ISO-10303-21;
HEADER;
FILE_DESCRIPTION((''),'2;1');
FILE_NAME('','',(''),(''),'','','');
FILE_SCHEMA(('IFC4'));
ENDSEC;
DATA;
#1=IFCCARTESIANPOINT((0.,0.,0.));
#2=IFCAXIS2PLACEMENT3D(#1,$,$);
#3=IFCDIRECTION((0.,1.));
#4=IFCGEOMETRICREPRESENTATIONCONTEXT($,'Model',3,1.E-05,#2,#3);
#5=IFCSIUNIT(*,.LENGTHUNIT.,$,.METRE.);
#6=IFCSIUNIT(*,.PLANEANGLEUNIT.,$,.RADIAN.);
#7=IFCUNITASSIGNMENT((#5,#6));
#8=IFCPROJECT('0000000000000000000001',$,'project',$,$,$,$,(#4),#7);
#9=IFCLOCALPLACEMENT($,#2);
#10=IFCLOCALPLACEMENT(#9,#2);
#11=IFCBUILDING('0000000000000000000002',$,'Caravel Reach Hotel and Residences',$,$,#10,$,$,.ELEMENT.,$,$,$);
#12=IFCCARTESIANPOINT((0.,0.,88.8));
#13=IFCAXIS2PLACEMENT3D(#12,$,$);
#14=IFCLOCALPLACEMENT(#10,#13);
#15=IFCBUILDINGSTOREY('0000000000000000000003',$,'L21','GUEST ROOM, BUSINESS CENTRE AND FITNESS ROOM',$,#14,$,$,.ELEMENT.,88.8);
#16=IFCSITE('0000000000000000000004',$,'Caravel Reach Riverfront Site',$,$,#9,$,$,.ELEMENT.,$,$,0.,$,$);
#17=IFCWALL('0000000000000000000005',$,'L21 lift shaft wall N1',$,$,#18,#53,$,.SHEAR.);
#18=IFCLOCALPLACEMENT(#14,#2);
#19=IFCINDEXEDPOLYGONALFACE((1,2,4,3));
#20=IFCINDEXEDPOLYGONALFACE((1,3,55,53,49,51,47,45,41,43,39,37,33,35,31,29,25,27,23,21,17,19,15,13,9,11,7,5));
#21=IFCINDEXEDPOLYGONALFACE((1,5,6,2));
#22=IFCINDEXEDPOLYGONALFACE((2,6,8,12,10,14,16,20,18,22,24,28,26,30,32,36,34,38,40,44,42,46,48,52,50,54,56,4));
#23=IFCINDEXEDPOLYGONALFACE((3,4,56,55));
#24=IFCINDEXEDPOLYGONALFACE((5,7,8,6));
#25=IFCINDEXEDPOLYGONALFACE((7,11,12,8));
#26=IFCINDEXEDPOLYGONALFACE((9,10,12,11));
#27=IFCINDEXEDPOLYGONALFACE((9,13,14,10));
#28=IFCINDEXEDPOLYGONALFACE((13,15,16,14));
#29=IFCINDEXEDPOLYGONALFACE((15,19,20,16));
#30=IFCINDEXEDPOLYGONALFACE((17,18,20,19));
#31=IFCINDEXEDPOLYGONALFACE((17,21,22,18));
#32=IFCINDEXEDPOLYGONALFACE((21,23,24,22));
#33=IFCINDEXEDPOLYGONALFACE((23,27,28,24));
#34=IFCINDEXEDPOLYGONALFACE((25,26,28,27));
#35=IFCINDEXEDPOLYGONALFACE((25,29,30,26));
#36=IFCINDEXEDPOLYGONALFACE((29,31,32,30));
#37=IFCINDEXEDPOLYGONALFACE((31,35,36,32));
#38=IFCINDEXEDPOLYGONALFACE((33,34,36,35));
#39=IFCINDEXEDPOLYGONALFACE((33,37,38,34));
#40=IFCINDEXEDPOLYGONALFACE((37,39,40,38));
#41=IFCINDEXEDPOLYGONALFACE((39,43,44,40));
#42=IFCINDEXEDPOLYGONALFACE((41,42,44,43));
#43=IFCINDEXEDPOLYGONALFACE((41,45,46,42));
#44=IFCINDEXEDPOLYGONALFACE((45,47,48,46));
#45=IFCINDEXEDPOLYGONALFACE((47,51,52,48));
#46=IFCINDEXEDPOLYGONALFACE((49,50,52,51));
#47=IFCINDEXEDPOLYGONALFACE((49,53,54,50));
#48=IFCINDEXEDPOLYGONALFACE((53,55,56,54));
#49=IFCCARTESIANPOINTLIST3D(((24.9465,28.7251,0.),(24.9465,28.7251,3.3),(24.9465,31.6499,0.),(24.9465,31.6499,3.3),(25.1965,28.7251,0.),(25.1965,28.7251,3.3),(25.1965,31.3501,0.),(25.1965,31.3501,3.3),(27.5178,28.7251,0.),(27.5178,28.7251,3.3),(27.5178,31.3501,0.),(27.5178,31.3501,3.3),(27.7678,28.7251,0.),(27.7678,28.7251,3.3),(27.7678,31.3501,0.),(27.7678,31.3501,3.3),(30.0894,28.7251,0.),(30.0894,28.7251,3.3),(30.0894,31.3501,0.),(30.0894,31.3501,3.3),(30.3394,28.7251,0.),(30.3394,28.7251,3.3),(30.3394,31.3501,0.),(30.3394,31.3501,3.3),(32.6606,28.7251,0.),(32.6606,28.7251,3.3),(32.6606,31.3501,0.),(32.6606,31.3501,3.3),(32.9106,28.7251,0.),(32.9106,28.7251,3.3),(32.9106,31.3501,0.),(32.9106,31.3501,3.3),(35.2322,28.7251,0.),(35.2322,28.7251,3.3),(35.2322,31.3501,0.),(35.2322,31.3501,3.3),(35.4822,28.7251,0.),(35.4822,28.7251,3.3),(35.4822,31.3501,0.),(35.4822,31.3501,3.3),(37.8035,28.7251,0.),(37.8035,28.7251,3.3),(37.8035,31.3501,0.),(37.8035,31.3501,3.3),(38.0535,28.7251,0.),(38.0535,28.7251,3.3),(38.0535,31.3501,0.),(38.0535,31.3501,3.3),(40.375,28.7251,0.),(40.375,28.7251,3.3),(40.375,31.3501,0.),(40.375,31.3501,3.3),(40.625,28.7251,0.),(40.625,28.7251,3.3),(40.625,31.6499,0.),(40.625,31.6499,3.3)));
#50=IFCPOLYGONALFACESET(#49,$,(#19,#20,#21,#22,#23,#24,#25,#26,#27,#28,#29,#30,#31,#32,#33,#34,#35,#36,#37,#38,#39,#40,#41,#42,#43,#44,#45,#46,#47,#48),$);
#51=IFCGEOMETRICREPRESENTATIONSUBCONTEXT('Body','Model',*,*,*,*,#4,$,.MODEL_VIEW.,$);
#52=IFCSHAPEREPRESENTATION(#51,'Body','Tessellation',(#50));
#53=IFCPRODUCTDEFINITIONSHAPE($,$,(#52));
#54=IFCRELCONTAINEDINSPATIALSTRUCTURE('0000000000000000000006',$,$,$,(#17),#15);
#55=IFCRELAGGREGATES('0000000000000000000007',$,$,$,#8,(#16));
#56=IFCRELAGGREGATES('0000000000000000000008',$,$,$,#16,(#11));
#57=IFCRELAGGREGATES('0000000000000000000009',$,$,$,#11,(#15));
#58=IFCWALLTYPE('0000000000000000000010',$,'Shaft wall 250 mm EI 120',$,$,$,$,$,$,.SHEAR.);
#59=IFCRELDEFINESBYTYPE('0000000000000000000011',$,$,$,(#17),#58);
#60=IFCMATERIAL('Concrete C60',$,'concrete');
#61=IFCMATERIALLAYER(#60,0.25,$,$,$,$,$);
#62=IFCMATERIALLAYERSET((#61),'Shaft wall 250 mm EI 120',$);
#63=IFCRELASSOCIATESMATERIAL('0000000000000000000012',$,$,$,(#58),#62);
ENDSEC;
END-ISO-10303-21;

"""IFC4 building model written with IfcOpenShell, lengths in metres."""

from ifc_helpers import new_model, si_unit, direction, frame, origin, place, context, subcontext, project, spatial, polyline, outline, extrude, material, layer, layer_set, type_object, element, save


model = new_model("IFC4")

# Units and contexts
model_context = context("Model", 3, precision=1e-05, world=origin(), true_north=direction((0.0, 1.0)))
body_context = subcontext(model_context, "Body", "Model", "MODEL_VIEW")
ifc_project = project(units=[si_unit("LENGTHUNIT", "METRE"), si_unit("PLANEANGLEUNIT", "RADIAN")], contexts=[model_context])

# Site, building, storey
site_placement = place(None, origin())
site = spatial("IfcSite", under=ifc_project, at=site_placement, Name="Caravel Reach Riverfront Site", CompositionType="ELEMENT", RefElevation=0.0)
building_placement = place(site_placement, origin())
building = spatial("IfcBuilding", under=site, at=building_placement, Name="Caravel Reach Hotel and Residences", CompositionType="ELEMENT")
storey_placement = place(building_placement, frame((0.0, 0.0, 88.8)))
storey = spatial("IfcBuildingStorey", under=building, at=storey_placement, Name="L21", Description="GUEST ROOM, BUSINESS CENTRE AND FITNESS ROOM", CompositionType="ELEMENT", Elevation=88.8)

# Wall
ifc_material_1 = material(Name="Concrete C60", Category="concrete")
ifc_layer_1 = layer(ifc_material_1, 0.25)
ifc_layer_set_1 = layer_set([ifc_layer_1], Name="Shaft wall 250 mm EI 120")
wall_type_1 = type_object("IfcWallType", Name="Shaft wall 250 mm EI 120", PredefinedType="SHEAR", material=ifc_layer_set_1)
wall_1_placement = place(storey_placement, origin())
element("IfcWall", 1, at=wall_1_placement, inside=storey, type_object=wall_type_1, Name="L21 lift shaft wall N1", PredefinedType="SHEAR", context=body_context, shape_type="SweptSolid", body=[
    extrude(outline(polyline([(24.9465, 28.7251), (25.1965, 28.7251), (25.1965, 31.3501), (27.5178, 31.3501), (27.5178, 28.7251), (27.7678, 28.7251), (27.7678, 31.3501), (30.0894, 31.3501), (30.0894, 28.7251), (30.3394, 28.7251), (30.3394, 31.3501), (32.6606, 31.3501), (32.6606, 28.7251), (32.9106, 28.7251), (32.9106, 31.3501), (35.2322, 31.3501), (35.2322, 28.7251), (35.4822, 28.7251), (35.4822, 31.3501), (37.8035, 31.3501), (37.8035, 28.7251), (38.0535, 28.7251), (38.0535, 31.3501), (40.375, 31.3501), (40.375, 28.7251), (40.625, 28.7251), (40.625, 31.6499), (24.9465, 31.6499), (24.9465, 28.7251)])), origin(), (0.0, 0.0, 1.0), 3.3),
])

save(model, "model.ifc")
